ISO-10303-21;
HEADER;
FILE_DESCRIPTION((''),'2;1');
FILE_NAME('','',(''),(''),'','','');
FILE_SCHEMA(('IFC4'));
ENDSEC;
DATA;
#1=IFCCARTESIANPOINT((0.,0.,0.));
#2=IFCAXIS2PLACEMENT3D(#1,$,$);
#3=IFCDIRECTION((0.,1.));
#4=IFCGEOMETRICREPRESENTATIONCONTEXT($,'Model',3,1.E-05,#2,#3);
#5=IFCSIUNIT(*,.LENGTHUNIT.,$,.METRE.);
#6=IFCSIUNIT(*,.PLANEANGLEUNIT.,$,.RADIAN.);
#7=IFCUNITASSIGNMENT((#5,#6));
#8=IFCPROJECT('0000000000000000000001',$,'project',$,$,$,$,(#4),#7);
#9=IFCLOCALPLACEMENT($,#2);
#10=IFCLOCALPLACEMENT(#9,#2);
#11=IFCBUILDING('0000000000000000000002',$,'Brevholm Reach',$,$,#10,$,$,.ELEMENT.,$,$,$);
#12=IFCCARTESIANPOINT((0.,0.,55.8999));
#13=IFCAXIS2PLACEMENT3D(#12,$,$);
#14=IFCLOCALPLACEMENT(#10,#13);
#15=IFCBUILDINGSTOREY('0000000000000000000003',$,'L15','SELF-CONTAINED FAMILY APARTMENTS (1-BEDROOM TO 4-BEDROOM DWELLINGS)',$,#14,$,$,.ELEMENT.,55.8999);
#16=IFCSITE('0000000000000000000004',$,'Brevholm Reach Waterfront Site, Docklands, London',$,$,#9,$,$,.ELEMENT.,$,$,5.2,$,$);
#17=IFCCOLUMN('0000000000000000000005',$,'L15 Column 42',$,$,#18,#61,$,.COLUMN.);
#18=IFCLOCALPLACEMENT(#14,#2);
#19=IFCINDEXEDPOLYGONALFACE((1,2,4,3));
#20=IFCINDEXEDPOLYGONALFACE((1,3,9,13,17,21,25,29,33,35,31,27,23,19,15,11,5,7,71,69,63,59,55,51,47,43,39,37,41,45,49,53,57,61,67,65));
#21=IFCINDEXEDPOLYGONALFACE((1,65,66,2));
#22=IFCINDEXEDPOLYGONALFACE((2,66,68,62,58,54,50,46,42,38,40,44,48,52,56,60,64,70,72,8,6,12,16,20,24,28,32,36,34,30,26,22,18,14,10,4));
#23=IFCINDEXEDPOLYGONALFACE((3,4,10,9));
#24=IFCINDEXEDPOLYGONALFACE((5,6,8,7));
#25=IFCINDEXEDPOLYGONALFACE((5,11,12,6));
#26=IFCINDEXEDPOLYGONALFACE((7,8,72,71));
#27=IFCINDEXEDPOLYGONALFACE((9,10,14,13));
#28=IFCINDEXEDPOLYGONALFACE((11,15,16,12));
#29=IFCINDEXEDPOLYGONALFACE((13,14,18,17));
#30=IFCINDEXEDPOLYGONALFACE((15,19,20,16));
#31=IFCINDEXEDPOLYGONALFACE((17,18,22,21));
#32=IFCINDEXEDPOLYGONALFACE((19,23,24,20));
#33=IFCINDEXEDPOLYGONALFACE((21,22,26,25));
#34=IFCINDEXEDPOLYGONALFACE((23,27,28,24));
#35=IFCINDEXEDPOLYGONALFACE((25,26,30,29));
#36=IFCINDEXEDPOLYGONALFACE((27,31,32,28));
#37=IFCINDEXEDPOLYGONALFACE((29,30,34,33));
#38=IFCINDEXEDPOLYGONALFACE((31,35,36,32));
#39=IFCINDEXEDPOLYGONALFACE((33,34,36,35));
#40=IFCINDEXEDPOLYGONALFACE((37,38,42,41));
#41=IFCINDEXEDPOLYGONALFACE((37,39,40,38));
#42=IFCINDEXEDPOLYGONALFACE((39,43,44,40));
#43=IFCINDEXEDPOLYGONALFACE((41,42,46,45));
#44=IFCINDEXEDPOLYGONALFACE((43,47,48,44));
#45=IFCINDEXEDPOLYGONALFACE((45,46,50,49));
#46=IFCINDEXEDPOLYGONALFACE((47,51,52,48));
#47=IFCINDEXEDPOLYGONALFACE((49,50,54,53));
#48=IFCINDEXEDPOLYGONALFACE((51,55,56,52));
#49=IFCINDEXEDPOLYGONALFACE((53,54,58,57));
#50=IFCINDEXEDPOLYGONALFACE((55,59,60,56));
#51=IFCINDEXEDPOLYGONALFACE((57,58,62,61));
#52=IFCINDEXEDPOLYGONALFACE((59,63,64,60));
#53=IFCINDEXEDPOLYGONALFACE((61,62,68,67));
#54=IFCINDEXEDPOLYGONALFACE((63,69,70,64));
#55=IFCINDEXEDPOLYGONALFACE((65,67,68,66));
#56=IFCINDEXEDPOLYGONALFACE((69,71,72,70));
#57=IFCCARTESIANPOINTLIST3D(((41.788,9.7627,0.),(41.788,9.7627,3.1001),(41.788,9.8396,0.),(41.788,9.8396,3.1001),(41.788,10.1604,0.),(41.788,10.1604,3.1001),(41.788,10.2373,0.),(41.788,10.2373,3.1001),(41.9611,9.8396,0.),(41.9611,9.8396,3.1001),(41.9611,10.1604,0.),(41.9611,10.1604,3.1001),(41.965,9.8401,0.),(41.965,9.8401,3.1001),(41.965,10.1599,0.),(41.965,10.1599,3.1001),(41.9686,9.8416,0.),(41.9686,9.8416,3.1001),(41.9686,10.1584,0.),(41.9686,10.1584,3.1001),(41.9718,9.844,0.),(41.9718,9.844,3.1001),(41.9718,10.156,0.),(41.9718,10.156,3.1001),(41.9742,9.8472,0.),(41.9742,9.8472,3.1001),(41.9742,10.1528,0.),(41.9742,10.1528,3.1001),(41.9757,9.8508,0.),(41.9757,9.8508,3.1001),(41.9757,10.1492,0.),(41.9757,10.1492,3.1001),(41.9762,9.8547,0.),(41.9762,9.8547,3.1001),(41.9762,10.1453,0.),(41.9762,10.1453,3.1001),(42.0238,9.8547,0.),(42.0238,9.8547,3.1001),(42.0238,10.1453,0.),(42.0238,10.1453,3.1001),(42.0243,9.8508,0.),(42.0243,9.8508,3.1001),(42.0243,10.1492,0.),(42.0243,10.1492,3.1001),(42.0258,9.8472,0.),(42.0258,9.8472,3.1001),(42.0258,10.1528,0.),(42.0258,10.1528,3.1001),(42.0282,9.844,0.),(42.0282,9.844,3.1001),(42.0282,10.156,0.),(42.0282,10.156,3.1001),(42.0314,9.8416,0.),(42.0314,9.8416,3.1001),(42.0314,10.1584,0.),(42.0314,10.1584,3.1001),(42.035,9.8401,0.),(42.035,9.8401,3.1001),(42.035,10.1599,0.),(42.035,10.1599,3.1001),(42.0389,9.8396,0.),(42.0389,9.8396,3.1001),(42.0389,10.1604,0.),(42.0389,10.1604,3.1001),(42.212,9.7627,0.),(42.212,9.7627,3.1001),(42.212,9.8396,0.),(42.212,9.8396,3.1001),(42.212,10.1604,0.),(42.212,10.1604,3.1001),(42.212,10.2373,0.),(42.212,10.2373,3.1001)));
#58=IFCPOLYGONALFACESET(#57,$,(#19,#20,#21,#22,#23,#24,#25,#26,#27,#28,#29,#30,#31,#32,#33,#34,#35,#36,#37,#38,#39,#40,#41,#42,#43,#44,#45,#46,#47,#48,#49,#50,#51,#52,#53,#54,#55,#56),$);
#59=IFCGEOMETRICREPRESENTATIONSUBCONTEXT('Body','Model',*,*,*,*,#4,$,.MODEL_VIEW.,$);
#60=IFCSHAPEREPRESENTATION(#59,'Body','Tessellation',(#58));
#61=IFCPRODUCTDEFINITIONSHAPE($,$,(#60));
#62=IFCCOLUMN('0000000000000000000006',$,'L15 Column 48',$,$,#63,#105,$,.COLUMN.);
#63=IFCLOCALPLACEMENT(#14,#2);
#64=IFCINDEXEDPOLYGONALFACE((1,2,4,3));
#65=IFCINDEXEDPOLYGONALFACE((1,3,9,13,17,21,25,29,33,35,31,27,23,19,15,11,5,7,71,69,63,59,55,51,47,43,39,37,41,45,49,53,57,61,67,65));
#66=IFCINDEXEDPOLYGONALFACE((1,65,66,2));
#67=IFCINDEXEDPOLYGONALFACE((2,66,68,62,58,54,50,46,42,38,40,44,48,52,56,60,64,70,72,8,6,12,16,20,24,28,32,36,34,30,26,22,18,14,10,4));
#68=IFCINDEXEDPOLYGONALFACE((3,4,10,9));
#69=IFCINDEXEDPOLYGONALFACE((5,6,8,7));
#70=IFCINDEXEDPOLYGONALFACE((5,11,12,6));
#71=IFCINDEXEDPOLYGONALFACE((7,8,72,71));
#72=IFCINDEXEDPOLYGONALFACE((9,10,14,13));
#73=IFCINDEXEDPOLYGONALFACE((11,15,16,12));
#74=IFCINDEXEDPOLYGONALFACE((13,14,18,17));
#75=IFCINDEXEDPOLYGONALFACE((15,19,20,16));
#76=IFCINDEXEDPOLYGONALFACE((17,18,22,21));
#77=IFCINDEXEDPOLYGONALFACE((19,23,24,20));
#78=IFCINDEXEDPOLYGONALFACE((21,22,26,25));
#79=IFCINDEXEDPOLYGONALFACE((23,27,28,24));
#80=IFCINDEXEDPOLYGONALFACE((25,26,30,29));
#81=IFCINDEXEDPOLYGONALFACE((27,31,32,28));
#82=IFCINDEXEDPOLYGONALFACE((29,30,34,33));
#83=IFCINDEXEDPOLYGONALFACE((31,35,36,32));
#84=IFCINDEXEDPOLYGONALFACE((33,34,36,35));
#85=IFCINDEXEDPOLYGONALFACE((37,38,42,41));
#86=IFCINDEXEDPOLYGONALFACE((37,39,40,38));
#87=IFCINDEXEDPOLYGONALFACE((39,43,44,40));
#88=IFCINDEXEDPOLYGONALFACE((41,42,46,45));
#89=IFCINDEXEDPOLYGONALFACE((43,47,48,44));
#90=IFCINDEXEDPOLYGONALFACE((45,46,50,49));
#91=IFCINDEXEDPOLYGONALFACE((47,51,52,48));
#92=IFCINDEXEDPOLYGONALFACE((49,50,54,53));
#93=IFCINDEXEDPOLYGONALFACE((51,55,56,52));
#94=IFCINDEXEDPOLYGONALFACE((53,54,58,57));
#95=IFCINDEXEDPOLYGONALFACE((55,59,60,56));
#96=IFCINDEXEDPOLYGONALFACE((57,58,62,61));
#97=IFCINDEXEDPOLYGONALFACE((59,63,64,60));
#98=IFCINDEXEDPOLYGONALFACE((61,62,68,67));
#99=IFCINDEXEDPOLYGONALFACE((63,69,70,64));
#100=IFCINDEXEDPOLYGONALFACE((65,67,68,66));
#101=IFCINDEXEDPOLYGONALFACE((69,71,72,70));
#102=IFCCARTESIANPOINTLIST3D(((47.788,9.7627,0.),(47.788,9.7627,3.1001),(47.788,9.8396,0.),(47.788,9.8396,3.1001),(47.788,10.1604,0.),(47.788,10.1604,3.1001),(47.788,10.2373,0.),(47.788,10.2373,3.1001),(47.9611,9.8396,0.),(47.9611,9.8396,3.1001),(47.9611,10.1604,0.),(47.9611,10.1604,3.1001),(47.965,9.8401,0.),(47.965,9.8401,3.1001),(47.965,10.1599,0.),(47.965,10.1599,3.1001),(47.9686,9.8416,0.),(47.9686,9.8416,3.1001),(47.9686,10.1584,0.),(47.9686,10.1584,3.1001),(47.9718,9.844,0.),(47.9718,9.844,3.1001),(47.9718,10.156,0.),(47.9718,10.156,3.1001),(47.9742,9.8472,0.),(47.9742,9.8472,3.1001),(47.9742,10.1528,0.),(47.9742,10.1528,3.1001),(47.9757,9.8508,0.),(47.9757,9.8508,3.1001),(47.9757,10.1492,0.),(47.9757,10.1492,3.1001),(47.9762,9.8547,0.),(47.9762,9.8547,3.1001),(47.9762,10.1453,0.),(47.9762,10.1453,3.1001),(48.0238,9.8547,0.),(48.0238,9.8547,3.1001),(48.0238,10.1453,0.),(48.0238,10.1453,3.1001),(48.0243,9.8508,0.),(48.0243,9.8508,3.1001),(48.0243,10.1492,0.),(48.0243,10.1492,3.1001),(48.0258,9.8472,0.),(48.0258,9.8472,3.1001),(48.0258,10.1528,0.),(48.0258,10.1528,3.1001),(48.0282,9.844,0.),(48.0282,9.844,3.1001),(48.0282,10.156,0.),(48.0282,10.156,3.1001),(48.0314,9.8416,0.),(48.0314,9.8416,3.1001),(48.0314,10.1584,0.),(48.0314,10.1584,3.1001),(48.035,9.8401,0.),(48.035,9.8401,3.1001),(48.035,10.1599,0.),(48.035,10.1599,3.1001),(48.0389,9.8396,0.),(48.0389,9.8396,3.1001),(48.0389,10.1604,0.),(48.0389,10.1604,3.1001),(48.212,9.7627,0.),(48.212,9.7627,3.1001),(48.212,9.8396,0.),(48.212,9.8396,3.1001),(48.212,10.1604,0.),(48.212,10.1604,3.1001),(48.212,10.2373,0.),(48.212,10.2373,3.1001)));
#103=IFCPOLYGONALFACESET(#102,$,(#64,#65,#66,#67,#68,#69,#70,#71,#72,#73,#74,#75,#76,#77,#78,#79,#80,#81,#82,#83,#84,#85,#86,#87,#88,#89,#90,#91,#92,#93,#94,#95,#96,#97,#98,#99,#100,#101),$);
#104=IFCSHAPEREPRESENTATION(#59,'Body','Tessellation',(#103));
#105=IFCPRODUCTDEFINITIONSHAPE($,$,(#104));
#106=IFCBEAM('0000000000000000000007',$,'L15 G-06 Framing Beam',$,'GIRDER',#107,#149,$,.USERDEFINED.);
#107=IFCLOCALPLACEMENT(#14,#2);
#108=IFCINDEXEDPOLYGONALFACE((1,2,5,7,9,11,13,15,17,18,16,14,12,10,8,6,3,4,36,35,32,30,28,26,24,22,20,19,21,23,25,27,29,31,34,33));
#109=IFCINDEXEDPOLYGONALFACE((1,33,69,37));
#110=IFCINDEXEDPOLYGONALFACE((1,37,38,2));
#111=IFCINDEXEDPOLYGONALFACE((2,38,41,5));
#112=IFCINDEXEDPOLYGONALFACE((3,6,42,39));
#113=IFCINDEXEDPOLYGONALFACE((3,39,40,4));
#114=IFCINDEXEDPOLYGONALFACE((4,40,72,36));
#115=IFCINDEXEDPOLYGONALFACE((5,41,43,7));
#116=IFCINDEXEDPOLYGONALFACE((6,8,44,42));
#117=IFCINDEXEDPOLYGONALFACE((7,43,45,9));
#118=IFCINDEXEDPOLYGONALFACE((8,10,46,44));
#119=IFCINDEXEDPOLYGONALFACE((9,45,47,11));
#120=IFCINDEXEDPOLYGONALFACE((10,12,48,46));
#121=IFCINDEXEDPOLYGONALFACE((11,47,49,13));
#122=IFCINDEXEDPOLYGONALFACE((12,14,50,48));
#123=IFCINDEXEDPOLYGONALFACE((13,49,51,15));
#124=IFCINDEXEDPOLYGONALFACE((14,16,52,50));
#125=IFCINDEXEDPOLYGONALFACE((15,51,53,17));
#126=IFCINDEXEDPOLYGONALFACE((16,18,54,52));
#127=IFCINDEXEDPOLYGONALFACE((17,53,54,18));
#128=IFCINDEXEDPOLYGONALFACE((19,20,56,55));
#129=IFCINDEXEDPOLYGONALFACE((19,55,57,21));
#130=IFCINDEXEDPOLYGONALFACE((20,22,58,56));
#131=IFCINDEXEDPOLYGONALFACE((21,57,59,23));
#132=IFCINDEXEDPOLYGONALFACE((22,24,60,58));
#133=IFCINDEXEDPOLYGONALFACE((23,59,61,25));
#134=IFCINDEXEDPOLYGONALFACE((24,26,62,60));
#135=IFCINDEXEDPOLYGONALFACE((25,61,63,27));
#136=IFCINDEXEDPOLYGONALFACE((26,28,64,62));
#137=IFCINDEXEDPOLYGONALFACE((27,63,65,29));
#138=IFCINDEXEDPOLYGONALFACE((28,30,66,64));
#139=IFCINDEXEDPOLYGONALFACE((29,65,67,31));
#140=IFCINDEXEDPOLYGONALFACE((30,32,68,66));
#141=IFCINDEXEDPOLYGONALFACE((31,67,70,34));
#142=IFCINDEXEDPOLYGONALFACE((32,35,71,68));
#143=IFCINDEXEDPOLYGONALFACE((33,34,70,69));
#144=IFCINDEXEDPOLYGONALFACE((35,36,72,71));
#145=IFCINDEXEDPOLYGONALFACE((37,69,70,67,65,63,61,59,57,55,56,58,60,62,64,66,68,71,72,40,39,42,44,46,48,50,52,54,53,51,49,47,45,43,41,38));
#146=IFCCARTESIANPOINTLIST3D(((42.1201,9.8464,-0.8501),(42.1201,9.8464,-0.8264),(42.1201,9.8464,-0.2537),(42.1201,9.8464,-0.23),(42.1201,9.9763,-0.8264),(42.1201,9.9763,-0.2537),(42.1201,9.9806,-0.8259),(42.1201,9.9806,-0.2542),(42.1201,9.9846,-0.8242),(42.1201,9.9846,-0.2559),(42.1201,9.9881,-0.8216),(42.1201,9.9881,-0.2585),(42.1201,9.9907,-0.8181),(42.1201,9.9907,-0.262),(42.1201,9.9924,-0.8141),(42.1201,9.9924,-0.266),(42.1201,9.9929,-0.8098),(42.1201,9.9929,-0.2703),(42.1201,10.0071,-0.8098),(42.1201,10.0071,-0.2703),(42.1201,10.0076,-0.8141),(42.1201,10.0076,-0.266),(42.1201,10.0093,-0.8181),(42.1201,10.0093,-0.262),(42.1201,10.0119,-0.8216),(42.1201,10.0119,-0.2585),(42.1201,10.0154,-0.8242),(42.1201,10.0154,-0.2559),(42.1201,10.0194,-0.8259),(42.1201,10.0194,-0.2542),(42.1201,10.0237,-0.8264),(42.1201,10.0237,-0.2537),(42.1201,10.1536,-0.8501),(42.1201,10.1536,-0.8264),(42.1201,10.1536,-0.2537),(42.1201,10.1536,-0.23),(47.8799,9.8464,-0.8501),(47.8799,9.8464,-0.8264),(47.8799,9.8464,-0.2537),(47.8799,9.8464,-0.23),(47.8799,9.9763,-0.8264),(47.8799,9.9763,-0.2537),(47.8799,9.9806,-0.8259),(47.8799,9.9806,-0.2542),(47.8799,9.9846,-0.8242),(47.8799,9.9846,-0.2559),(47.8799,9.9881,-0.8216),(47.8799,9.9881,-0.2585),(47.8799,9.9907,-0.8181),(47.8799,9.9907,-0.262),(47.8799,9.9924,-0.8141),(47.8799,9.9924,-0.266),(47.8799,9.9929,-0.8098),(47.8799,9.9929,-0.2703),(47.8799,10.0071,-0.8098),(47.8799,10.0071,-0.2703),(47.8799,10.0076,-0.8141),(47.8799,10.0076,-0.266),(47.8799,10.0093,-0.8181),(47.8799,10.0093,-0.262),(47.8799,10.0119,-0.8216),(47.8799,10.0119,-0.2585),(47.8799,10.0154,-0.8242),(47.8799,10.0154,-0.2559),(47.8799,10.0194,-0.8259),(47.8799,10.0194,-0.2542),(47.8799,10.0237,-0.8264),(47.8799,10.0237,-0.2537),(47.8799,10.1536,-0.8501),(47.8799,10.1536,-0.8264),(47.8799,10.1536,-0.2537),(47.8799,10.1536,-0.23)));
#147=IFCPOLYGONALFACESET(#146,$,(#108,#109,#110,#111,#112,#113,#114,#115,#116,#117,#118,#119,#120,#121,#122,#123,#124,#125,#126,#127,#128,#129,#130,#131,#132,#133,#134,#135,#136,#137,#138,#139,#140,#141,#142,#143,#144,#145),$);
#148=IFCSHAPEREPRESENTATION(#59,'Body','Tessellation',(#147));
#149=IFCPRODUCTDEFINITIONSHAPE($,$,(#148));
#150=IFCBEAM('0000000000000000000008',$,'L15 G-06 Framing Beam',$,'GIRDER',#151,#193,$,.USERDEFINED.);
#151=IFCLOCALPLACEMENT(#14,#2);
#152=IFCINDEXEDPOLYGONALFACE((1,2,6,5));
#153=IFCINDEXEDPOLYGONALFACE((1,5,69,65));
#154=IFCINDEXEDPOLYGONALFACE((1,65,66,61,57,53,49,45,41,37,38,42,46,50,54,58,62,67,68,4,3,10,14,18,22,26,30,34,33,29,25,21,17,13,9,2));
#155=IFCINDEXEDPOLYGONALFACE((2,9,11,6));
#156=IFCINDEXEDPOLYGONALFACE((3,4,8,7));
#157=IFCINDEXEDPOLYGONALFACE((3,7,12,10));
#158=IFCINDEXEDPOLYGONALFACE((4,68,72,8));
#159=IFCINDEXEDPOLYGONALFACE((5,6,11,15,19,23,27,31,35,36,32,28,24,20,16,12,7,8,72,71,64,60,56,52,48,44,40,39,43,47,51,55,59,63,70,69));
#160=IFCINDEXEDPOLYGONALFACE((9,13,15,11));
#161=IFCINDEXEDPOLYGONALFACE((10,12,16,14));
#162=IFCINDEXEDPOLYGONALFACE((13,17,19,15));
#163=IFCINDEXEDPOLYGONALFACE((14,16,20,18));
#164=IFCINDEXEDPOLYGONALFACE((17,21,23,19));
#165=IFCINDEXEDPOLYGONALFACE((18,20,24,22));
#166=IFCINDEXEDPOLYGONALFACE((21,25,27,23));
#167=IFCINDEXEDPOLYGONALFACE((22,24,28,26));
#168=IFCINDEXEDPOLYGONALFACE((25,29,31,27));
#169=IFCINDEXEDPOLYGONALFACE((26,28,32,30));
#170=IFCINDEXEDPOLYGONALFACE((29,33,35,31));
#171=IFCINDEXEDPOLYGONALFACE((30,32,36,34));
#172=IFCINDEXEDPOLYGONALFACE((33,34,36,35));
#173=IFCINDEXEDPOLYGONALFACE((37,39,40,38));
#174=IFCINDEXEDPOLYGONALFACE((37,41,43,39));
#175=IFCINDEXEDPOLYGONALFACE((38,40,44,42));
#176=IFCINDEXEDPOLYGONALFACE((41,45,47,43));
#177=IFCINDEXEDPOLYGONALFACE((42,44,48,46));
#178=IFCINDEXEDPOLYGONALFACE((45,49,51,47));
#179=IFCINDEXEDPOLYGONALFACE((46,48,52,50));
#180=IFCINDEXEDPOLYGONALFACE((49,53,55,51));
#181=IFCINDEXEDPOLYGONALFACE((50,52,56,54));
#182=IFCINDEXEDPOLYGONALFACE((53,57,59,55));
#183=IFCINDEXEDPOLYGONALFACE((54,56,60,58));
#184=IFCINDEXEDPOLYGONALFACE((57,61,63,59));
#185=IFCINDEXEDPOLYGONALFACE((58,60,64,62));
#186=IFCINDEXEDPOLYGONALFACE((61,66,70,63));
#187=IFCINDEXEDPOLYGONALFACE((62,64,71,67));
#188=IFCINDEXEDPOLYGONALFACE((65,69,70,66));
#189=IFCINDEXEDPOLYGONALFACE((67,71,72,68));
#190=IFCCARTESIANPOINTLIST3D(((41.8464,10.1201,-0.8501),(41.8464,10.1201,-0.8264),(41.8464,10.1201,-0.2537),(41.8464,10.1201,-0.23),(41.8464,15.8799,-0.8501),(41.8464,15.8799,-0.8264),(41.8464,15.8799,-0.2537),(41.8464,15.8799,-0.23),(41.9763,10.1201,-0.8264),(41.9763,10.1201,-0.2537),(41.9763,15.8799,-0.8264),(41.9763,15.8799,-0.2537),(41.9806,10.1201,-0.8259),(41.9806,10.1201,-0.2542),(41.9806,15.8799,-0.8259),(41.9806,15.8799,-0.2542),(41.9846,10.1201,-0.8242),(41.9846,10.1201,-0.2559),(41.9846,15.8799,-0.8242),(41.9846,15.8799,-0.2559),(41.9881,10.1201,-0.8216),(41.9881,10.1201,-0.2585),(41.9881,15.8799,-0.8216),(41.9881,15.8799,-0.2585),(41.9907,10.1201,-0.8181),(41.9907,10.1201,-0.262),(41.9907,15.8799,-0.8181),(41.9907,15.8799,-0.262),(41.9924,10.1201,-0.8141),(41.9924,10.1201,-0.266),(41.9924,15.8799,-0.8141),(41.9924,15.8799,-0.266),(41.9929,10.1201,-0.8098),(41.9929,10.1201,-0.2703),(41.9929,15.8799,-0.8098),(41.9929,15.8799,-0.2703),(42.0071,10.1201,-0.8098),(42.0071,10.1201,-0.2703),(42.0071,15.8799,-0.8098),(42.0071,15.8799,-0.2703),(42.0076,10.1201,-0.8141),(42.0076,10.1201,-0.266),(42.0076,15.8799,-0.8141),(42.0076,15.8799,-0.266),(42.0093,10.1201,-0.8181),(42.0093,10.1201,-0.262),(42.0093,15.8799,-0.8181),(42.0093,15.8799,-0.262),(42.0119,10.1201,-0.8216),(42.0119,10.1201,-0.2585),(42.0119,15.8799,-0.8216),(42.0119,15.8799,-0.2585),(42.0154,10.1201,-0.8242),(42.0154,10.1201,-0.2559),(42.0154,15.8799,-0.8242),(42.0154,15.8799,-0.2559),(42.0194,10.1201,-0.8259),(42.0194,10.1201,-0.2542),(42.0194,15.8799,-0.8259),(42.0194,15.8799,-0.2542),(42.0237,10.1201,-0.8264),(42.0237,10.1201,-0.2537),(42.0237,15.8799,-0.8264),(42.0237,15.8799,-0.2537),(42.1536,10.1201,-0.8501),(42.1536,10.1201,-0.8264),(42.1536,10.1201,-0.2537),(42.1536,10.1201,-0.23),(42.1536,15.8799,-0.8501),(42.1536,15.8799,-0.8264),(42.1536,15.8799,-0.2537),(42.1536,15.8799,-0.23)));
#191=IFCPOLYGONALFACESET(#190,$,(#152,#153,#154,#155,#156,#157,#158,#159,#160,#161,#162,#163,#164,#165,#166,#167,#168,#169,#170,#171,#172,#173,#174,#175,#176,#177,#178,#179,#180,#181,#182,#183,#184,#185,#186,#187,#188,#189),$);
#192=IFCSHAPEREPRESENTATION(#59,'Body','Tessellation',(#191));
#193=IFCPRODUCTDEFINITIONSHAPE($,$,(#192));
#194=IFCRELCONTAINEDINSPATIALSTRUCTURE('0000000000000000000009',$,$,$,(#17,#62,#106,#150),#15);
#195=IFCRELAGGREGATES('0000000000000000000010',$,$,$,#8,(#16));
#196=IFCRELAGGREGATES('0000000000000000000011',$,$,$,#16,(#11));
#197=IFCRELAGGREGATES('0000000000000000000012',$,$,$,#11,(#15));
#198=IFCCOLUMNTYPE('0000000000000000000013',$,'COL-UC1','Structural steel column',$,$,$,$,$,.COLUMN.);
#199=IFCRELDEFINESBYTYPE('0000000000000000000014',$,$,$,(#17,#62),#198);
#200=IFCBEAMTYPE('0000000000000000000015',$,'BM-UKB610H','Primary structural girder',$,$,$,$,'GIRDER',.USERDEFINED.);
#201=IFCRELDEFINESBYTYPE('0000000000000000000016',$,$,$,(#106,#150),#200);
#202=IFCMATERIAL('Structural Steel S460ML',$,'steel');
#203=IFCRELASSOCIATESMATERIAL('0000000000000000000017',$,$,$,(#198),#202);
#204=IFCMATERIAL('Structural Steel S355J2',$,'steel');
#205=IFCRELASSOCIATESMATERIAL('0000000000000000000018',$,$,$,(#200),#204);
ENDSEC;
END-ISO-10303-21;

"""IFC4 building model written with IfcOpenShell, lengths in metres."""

from ifc_helpers import new_model, si_unit, direction, frame, origin, origin_2d, place, context, subcontext, project, spatial, i_section, extrude, material, material_profile, profile_set, type_object, element, save


model = new_model("IFC4")

# Units and contexts
model_context = context("Model", 3, precision=1e-05, world=origin(), true_north=direction((0.0, 1.0)))
body_context = subcontext(model_context, "Body", "Model", "MODEL_VIEW")
ifc_project = project(units=[si_unit("LENGTHUNIT", "METRE"), si_unit("PLANEANGLEUNIT", "RADIAN")], contexts=[model_context])

# Site, building, storey
site_placement = place(None, origin())
site = spatial("IfcSite", under=ifc_project, at=site_placement, Name="Brevholm Reach Waterfront Site, Docklands, London", CompositionType="ELEMENT", RefElevation=5.2)
building_placement = place(site_placement, origin())
building = spatial("IfcBuilding", under=site, at=building_placement, Name="Brevholm Reach", CompositionType="ELEMENT")
storey_placement = place(building_placement, frame((0.0, 0.0, 55.8999)))
storey = spatial("IfcBuildingStorey", under=building, at=storey_placement, Name="L15", Description="SELF-CONTAINED FAMILY APARTMENTS (1-BEDROOM TO 4-BEDROOM DWELLINGS)", CompositionType="ELEMENT", Elevation=55.8999)

# Columns
ifc_material_1 = material(Name="Structural Steel S460ML", Category="steel")
ifc_material_profile_1 = material_profile(ifc_material_1, i_section(OverallWidth=0.4241, OverallDepth=0.4746, WebThickness=0.0476, FlangeThickness=0.0769, FilletRadius=0.0151, at=origin_2d()), Name="UKC 356x406x634")
ifc_profile_set_1 = profile_set([ifc_material_profile_1], Name="Structural Steel S460ML")
column_type = type_object("IfcColumnType", Name="COL-UC1", Description="Structural steel column", PredefinedType="COLUMN", material=ifc_profile_set_1)
for number, where, z_axis, x_axis, name in (
    (1, (42.0, 10.0, 0.0), (0.0, 0.0, 1.0), (1.0, 0.0, 0.0), "L15 Column 42"),
    (2, (48.0, 10.0, 0.0), (0.0, 0.0, 1.0), (1.0, 0.0, 0.0), "L15 Column 48"),
):
    element("IfcColumn", number, at=place(storey_placement, frame(where, z_axis=z_axis, x_axis=x_axis)), inside=storey, type_object=column_type, Name=name, PredefinedType="COLUMN", context=body_context, shape_type="SweptSolid", body=[
        extrude(i_section(OverallWidth=0.4241, OverallDepth=0.4746, WebThickness=0.0476, FlangeThickness=0.0769, FilletRadius=0.0151, at=origin_2d()), origin(), (0.0, 0.0, 1.0), 3.1001),
    ])

# Beams
ifc_material_2 = material(Name="Structural Steel S355J2", Category="steel")
ifc_material_profile_2 = material_profile(ifc_material_2, i_section(OverallWidth=0.3071, OverallDepth=0.6201, WebThickness=0.0142, FlangeThickness=0.0237, FilletRadius=0.0166, at=origin_2d()), Name="UKB 610x305x179")
ifc_profile_set_2 = profile_set([ifc_material_profile_2], Name="Structural Steel S355J2")
beam_type = type_object("IfcBeamType", Name="BM-UKB610H", Description="Primary structural girder", ElementType="GIRDER", PredefinedType="USERDEFINED", material=ifc_profile_set_2)
for number, where, z_axis, x_axis, name in (
    (3, (42.1201, 10.0, -0.54), (1.0, 0.0, 0.0), (0.0, 1.0, 0.0), "L15 G-06 Framing Beam"),
    (4, (42.0, 10.1201, -0.54), (0.0, 1.0, 0.0), (-1.0, 0.0, 0.0), "L15 G-06 Framing Beam"),
):
    element("IfcBeam", number, at=place(storey_placement, frame(where, z_axis=z_axis, x_axis=x_axis)), inside=storey, type_object=beam_type, Name=name, ObjectType="GIRDER", PredefinedType="USERDEFINED", context=body_context, shape_type="SweptSolid", body=[
        extrude(i_section(OverallWidth=0.3071, OverallDepth=0.6201, WebThickness=0.0142, FlangeThickness=0.0237, FilletRadius=0.0166, at=origin_2d()), origin(), (0.0, 0.0, 1.0), 5.7598),
    ])

save(model, "model.ifc")
